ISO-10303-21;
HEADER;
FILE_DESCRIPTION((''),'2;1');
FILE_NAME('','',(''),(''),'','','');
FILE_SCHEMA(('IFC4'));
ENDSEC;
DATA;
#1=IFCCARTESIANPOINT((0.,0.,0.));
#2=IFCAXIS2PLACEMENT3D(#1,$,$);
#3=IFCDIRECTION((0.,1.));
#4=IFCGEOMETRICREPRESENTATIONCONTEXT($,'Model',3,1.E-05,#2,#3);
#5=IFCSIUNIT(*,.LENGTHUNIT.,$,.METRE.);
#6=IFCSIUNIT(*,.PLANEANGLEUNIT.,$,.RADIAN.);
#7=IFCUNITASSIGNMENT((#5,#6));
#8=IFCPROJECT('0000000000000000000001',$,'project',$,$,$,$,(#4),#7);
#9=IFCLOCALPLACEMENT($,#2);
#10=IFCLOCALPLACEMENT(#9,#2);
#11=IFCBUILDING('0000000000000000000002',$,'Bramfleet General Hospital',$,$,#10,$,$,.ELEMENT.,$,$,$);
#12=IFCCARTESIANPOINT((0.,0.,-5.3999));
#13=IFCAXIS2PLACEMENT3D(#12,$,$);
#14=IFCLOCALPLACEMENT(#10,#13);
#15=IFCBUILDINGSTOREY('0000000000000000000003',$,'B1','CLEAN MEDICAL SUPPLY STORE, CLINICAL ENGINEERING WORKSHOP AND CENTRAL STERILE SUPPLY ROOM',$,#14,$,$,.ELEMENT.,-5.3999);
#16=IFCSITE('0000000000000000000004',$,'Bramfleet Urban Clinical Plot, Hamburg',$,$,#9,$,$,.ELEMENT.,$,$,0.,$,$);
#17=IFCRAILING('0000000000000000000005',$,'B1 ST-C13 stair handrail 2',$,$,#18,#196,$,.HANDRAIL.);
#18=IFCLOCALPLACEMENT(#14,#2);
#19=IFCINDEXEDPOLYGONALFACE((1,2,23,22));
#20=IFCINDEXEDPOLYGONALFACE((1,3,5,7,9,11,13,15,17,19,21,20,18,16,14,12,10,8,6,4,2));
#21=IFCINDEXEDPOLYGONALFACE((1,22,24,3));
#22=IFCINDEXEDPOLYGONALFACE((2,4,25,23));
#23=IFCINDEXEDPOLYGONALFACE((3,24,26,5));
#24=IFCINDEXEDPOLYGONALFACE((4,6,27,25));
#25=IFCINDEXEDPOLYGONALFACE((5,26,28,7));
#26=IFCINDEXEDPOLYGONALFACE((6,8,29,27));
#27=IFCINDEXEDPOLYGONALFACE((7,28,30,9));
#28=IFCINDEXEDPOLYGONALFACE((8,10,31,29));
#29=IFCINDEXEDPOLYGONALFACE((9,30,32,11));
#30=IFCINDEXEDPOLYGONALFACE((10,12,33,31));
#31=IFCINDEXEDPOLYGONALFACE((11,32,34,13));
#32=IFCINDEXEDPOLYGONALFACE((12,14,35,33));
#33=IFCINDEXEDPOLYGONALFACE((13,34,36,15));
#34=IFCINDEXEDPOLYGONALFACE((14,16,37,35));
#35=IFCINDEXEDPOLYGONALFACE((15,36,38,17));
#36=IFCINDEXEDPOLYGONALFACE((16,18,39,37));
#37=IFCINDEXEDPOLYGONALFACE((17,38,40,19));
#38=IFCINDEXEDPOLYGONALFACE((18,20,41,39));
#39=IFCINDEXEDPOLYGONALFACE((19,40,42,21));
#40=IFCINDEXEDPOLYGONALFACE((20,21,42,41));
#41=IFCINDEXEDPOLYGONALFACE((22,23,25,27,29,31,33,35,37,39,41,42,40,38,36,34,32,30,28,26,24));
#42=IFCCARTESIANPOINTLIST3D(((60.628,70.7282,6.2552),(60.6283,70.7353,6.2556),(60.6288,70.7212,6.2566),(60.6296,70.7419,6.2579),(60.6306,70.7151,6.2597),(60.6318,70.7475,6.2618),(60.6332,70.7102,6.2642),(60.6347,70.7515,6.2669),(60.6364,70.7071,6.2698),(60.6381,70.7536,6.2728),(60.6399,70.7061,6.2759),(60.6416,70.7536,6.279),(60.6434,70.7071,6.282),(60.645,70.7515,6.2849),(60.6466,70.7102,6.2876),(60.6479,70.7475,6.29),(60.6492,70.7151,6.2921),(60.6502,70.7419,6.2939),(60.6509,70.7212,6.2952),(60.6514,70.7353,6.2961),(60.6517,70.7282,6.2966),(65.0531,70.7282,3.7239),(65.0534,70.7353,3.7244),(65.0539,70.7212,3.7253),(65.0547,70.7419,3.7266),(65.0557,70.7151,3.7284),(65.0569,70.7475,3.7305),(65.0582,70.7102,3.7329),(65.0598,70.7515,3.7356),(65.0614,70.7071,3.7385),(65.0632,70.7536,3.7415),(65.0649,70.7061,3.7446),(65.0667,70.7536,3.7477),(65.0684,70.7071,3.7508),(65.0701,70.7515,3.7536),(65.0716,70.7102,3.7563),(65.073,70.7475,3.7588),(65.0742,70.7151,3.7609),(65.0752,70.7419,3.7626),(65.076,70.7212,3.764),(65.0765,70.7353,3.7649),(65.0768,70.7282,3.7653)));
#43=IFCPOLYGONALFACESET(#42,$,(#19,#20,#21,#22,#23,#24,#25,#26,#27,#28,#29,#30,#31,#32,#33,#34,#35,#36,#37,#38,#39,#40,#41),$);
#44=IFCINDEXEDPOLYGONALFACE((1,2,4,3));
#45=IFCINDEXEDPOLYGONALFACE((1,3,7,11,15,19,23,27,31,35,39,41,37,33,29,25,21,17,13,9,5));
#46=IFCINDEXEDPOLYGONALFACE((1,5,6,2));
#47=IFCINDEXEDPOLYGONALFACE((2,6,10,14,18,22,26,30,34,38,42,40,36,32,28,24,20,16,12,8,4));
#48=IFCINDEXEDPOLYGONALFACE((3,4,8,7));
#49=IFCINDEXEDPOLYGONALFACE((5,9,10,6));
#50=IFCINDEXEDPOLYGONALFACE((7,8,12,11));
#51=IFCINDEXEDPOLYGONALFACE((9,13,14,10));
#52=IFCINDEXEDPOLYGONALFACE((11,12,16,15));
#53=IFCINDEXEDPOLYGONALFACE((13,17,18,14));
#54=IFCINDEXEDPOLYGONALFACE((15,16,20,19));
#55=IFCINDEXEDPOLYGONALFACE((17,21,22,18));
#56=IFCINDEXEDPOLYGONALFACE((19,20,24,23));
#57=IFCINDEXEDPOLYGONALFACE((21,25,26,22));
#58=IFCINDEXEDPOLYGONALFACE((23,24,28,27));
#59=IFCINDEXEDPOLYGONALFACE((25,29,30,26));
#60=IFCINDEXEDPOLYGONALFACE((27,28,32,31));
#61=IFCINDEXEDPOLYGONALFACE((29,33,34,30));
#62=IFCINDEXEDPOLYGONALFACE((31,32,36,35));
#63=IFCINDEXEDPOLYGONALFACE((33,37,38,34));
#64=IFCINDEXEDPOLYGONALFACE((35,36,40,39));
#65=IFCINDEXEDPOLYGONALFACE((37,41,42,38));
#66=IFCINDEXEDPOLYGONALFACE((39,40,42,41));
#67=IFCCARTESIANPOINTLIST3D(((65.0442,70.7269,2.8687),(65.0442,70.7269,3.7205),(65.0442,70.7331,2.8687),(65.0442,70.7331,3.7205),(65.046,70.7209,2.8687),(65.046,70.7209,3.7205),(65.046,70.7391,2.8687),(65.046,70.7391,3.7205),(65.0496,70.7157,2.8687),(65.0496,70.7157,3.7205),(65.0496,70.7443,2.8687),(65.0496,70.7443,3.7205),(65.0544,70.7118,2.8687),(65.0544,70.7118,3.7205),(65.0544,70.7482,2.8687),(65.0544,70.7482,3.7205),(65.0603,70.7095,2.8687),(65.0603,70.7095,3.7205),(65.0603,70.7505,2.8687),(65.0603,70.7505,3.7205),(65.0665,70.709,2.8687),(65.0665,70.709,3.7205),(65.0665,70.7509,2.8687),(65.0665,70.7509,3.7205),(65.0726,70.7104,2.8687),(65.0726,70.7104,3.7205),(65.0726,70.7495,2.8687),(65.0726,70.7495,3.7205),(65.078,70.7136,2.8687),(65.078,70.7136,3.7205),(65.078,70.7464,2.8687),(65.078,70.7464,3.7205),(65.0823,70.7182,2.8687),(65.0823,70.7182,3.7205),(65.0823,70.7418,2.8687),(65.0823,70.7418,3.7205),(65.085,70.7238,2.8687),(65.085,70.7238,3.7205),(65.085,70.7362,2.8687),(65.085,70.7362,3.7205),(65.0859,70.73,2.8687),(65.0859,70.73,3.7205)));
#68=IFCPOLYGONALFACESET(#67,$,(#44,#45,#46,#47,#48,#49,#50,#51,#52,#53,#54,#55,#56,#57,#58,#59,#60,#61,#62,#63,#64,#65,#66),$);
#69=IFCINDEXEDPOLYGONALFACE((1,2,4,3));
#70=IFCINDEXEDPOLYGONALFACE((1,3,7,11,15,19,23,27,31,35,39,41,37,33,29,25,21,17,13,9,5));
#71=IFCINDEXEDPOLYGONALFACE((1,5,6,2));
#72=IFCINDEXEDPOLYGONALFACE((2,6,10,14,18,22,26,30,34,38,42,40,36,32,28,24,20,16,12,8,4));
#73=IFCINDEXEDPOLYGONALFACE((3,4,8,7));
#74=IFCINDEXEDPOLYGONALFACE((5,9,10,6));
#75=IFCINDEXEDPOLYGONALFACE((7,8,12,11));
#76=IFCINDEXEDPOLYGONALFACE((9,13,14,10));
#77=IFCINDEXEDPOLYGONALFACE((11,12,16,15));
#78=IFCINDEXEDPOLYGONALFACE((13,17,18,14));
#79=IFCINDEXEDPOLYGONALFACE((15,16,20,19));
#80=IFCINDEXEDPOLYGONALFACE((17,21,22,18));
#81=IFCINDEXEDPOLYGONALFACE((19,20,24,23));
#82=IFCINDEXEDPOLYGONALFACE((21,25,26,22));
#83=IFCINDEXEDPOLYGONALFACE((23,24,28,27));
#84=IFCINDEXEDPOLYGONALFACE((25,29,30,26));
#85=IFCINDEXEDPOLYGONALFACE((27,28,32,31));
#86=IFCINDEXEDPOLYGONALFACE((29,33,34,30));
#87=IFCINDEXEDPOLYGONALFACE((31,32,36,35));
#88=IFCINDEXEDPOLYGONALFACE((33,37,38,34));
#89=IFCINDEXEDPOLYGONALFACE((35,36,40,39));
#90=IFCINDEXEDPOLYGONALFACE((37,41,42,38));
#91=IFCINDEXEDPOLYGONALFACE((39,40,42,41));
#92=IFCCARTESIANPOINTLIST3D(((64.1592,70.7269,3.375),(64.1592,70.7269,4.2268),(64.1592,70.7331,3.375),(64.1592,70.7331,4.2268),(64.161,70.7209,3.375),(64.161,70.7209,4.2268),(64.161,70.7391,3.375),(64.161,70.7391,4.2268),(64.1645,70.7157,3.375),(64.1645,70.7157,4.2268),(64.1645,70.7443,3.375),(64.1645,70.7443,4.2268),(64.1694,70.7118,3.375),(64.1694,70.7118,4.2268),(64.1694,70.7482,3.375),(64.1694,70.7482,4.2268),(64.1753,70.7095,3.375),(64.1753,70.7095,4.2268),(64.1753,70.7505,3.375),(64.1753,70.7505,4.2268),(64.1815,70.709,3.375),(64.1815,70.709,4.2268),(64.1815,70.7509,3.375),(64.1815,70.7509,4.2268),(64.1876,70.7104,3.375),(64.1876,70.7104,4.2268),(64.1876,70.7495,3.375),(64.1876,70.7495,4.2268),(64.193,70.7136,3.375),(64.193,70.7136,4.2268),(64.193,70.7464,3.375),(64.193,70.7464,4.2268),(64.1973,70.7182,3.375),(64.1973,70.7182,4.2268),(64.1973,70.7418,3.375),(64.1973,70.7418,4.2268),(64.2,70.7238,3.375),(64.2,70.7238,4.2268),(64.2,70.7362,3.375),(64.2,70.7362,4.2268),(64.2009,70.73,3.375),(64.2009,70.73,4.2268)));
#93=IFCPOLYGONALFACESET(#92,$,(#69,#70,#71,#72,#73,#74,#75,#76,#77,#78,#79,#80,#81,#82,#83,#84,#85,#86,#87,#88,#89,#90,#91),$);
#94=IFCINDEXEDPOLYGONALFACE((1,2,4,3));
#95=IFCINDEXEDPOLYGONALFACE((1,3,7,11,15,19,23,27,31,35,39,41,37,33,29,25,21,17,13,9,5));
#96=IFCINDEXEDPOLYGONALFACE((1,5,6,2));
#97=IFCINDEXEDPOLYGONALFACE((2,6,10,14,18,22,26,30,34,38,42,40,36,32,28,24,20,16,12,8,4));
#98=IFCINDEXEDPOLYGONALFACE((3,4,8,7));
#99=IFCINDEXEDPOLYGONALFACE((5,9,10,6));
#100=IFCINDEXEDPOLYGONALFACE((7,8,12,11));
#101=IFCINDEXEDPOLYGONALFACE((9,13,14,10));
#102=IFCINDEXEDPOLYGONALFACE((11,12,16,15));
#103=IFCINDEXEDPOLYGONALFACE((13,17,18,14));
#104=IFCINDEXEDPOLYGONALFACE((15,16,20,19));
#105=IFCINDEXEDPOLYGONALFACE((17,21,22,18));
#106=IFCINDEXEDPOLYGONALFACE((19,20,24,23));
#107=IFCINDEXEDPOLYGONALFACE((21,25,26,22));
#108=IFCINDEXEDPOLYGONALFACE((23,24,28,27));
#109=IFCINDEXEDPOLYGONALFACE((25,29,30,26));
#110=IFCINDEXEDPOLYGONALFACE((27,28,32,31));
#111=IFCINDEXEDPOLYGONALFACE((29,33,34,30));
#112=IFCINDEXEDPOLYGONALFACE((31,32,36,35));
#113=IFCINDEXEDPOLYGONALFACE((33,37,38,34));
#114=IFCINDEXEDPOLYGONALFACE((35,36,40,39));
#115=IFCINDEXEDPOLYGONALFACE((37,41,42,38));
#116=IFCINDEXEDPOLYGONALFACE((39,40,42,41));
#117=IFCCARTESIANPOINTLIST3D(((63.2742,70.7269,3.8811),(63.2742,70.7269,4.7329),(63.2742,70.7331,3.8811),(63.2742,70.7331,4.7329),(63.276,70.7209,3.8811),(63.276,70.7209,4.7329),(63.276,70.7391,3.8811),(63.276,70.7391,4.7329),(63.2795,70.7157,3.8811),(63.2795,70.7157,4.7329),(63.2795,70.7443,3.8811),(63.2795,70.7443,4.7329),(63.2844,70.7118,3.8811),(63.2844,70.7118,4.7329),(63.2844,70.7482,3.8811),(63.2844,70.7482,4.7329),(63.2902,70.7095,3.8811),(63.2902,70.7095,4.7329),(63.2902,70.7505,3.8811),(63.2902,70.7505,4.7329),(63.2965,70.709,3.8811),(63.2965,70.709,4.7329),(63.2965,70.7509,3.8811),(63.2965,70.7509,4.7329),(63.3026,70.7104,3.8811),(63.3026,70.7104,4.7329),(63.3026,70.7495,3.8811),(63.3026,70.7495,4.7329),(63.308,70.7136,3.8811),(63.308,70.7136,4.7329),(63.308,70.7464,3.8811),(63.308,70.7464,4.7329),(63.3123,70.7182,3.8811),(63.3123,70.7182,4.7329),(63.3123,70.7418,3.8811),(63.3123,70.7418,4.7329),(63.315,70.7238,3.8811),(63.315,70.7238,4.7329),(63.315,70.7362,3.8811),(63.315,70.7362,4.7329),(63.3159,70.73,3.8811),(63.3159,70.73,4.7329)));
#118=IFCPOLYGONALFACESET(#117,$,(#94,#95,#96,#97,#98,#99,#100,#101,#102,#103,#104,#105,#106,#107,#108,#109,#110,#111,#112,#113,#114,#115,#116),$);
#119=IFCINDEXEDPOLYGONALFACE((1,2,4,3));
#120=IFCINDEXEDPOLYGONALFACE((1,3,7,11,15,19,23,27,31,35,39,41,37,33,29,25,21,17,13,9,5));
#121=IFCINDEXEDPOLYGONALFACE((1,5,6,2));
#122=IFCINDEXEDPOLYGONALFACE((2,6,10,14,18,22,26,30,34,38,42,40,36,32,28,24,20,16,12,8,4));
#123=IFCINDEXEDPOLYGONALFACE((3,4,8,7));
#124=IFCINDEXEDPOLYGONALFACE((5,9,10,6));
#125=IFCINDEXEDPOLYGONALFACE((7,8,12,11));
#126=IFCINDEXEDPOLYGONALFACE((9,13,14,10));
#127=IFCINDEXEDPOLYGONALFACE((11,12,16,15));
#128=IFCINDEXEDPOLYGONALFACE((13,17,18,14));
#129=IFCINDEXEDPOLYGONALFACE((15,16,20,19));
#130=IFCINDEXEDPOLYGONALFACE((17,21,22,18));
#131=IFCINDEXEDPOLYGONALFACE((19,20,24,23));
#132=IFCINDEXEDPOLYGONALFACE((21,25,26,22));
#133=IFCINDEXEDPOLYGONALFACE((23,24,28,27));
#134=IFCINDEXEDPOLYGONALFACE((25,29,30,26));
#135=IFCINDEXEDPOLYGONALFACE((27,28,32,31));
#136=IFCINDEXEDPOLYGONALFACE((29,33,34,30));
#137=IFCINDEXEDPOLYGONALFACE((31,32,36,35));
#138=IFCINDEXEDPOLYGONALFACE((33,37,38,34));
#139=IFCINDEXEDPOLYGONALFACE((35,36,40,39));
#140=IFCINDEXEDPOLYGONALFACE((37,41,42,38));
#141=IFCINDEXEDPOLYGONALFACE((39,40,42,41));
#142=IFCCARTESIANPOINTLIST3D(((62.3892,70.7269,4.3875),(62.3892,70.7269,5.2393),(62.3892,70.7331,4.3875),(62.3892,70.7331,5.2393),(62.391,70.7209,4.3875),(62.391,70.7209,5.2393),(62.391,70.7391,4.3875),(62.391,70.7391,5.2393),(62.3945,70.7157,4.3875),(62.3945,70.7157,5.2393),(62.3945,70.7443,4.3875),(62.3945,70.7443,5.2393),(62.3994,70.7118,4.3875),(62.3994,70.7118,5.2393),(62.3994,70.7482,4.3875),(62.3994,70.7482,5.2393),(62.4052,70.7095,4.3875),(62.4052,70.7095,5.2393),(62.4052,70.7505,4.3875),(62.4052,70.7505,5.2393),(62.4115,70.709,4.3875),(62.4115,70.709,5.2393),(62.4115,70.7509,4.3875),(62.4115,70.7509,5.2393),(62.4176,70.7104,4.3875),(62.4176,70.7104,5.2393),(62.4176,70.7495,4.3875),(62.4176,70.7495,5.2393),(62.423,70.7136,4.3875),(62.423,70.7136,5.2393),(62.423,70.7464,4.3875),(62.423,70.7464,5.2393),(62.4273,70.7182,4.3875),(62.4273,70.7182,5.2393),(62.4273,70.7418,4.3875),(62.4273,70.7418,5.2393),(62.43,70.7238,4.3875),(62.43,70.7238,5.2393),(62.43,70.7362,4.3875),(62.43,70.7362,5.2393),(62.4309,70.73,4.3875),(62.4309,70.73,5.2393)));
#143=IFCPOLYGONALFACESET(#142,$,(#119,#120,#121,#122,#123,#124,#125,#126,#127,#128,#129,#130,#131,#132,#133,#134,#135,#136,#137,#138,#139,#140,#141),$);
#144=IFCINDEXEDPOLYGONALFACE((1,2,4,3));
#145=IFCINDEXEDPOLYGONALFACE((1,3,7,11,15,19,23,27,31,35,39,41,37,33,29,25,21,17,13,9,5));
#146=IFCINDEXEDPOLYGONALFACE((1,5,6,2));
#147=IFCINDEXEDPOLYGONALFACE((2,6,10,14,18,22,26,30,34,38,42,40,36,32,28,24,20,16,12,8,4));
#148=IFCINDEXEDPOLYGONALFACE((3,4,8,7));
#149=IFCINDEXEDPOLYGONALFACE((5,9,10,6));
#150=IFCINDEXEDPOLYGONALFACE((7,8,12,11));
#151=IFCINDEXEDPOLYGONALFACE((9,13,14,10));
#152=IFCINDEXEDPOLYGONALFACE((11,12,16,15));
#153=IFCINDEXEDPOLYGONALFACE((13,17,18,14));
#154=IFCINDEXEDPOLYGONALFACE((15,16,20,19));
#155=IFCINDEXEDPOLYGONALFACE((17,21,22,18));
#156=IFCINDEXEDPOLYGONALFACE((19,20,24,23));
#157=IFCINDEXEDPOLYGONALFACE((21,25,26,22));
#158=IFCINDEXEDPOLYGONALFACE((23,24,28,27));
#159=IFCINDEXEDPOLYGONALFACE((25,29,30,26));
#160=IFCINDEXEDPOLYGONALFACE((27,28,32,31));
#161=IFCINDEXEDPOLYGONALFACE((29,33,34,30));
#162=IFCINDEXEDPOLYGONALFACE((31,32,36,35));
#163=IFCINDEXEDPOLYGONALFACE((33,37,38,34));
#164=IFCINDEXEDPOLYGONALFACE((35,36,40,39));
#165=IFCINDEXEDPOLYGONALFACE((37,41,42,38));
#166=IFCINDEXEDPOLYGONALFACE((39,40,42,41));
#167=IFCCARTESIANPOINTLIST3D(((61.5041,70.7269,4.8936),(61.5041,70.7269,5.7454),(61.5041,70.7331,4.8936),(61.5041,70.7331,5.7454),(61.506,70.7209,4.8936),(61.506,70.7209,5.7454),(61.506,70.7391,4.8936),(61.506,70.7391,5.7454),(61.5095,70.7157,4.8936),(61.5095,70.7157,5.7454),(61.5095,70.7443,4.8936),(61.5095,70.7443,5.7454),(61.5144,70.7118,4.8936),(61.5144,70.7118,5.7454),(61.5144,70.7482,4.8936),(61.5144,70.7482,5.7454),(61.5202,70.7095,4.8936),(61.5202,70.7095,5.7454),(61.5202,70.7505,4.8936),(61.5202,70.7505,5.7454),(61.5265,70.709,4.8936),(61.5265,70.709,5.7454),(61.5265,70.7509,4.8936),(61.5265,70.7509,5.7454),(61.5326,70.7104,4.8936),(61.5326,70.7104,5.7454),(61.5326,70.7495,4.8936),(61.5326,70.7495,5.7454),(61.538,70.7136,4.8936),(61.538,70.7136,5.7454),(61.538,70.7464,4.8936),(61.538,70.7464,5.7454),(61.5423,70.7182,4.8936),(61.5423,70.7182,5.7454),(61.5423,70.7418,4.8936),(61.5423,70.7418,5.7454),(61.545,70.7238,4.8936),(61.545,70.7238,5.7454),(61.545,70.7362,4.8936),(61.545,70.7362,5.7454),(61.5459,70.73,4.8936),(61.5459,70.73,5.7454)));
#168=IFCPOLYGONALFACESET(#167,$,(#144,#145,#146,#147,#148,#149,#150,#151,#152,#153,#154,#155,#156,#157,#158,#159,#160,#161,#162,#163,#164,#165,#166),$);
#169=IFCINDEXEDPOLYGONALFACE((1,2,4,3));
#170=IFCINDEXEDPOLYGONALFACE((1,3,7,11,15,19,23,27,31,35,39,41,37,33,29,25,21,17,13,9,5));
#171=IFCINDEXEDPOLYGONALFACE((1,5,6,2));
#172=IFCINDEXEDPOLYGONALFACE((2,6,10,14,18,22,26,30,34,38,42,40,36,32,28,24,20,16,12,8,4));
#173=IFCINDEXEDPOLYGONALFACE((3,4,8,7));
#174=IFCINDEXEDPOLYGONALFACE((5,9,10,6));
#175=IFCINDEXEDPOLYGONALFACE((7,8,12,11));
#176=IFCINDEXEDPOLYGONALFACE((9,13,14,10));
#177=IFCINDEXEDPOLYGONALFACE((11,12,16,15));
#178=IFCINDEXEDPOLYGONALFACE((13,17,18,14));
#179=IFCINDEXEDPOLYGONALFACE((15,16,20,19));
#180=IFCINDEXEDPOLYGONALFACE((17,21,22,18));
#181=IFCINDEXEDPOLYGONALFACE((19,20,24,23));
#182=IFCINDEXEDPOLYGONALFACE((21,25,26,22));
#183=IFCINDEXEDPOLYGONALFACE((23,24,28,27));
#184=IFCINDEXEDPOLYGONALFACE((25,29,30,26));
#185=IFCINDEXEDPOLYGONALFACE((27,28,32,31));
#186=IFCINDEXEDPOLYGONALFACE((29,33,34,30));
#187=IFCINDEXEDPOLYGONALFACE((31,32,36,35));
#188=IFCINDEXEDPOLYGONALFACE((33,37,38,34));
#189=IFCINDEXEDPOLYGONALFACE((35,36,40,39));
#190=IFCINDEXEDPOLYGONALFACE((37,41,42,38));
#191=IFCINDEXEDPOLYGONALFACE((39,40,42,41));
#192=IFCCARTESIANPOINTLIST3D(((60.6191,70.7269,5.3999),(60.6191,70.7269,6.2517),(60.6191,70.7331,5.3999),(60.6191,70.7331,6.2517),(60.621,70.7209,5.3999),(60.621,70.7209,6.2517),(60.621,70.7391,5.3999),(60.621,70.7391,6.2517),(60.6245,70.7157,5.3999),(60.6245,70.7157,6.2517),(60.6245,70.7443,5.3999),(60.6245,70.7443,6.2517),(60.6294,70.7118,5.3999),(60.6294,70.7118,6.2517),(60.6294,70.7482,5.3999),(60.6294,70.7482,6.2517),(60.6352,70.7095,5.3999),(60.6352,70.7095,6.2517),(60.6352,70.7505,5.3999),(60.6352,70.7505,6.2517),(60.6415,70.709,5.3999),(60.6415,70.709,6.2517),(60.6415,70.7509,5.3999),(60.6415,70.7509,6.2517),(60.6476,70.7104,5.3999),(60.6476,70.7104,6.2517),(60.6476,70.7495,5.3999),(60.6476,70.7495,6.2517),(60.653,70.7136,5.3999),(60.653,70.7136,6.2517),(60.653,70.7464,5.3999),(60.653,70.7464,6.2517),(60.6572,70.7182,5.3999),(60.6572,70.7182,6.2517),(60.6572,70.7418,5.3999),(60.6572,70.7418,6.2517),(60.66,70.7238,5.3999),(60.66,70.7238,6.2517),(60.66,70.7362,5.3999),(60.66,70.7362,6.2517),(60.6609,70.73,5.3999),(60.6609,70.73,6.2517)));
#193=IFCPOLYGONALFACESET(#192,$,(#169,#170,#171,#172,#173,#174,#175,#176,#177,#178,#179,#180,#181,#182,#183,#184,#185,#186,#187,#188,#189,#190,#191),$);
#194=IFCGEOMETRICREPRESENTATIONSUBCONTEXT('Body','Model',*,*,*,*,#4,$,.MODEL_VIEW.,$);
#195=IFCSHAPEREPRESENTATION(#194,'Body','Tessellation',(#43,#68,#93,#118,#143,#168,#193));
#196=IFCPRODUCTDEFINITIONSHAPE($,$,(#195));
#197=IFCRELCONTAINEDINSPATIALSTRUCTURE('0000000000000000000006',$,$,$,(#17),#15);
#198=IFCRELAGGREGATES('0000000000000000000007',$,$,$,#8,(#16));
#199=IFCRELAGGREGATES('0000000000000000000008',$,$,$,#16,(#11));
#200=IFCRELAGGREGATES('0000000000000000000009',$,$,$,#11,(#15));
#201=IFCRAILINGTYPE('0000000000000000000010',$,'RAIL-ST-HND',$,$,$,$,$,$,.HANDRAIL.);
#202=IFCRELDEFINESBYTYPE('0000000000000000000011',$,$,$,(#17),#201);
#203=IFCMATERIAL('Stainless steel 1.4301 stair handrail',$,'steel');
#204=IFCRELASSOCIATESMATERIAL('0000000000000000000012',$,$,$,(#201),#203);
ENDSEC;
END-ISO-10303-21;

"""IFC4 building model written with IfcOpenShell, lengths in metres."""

from ifc_helpers import new_model, si_unit, direction, frame, origin, origin_2d, place, context, subcontext, project, spatial, circle, extrude, material, type_object, element, save


model = new_model("IFC4")

# Units and contexts
model_context = context("Model", 3, precision=1e-05, world=origin(), true_north=direction((0.0, 1.0)))
body_context = subcontext(model_context, "Body", "Model", "MODEL_VIEW")
ifc_project = project(units=[si_unit("LENGTHUNIT", "METRE"), si_unit("PLANEANGLEUNIT", "RADIAN")], contexts=[model_context])

# Site, building, storey
site_placement = place(None, origin())
site = spatial("IfcSite", under=ifc_project, at=site_placement, Name="Bramfleet Urban Clinical Plot, Hamburg", CompositionType="ELEMENT", RefElevation=0.0)
building_placement = place(site_placement, origin())
building = spatial("IfcBuilding", under=site, at=building_placement, Name="Bramfleet General Hospital", CompositionType="ELEMENT")
storey_placement = place(building_placement, frame((0.0, 0.0, -5.3999)))
storey = spatial("IfcBuildingStorey", under=building, at=storey_placement, Name="B1", Description="CLEAN MEDICAL SUPPLY STORE, CLINICAL ENGINEERING WORKSHOP AND CENTRAL STERILE SUPPLY ROOM", CompositionType="ELEMENT", Elevation=-5.3999)

# Railing
ifc_material_1 = material(Name="Stainless steel 1.4301 stair handrail", Category="steel")
railing_type_1 = type_object("IfcRailingType", Name="RAIL-ST-HND", PredefinedType="HANDRAIL", material=ifc_material_1)
railing_1_placement = place(storey_placement, frame((65.0649, 70.73, 2.8687)))
element("IfcRailing", 1, at=railing_1_placement, inside=storey, type_object=railing_type_1, Name="B1 ST-C13 stair handrail 2", PredefinedType="HANDRAIL", context=body_context, shape_type="SweptSolid", body=[
    extrude(circle(Radius=0.0239, at=origin_2d()), frame((0.0, 0.0, 0.876), z_axis=(-0.868019, 0.0, 0.496531), x_axis=(0.0, -1.0, 0.0)), (0.0, 0.0, 1.0), 5.0979),
    extrude(circle(Radius=0.021, at=origin_2d()), origin(), (0.0, 0.0, 1.0), 0.8518),
    extrude(circle(Radius=0.021, at=origin_2d()), frame((-0.885, 0.0, 0.5063)), (0.0, 0.0, 1.0), 0.8518),
    extrude(circle(Radius=0.021, at=origin_2d()), frame((-1.77, 0.0, 1.0125)), (0.0, 0.0, 1.0), 0.8518),
    extrude(circle(Radius=0.021, at=origin_2d()), frame((-2.655, 0.0, 1.5188)), (0.0, 0.0, 1.0), 0.8518),
    extrude(circle(Radius=0.021, at=origin_2d()), frame((-3.54, 0.0, 2.0249)), (0.0, 0.0, 1.0), 0.8518),
    extrude(circle(Radius=0.021, at=origin_2d()), frame((-4.425, 0.0, 2.5312)), (0.0, 0.0, 1.0), 0.8518),
])

save(model, "model.ifc")
